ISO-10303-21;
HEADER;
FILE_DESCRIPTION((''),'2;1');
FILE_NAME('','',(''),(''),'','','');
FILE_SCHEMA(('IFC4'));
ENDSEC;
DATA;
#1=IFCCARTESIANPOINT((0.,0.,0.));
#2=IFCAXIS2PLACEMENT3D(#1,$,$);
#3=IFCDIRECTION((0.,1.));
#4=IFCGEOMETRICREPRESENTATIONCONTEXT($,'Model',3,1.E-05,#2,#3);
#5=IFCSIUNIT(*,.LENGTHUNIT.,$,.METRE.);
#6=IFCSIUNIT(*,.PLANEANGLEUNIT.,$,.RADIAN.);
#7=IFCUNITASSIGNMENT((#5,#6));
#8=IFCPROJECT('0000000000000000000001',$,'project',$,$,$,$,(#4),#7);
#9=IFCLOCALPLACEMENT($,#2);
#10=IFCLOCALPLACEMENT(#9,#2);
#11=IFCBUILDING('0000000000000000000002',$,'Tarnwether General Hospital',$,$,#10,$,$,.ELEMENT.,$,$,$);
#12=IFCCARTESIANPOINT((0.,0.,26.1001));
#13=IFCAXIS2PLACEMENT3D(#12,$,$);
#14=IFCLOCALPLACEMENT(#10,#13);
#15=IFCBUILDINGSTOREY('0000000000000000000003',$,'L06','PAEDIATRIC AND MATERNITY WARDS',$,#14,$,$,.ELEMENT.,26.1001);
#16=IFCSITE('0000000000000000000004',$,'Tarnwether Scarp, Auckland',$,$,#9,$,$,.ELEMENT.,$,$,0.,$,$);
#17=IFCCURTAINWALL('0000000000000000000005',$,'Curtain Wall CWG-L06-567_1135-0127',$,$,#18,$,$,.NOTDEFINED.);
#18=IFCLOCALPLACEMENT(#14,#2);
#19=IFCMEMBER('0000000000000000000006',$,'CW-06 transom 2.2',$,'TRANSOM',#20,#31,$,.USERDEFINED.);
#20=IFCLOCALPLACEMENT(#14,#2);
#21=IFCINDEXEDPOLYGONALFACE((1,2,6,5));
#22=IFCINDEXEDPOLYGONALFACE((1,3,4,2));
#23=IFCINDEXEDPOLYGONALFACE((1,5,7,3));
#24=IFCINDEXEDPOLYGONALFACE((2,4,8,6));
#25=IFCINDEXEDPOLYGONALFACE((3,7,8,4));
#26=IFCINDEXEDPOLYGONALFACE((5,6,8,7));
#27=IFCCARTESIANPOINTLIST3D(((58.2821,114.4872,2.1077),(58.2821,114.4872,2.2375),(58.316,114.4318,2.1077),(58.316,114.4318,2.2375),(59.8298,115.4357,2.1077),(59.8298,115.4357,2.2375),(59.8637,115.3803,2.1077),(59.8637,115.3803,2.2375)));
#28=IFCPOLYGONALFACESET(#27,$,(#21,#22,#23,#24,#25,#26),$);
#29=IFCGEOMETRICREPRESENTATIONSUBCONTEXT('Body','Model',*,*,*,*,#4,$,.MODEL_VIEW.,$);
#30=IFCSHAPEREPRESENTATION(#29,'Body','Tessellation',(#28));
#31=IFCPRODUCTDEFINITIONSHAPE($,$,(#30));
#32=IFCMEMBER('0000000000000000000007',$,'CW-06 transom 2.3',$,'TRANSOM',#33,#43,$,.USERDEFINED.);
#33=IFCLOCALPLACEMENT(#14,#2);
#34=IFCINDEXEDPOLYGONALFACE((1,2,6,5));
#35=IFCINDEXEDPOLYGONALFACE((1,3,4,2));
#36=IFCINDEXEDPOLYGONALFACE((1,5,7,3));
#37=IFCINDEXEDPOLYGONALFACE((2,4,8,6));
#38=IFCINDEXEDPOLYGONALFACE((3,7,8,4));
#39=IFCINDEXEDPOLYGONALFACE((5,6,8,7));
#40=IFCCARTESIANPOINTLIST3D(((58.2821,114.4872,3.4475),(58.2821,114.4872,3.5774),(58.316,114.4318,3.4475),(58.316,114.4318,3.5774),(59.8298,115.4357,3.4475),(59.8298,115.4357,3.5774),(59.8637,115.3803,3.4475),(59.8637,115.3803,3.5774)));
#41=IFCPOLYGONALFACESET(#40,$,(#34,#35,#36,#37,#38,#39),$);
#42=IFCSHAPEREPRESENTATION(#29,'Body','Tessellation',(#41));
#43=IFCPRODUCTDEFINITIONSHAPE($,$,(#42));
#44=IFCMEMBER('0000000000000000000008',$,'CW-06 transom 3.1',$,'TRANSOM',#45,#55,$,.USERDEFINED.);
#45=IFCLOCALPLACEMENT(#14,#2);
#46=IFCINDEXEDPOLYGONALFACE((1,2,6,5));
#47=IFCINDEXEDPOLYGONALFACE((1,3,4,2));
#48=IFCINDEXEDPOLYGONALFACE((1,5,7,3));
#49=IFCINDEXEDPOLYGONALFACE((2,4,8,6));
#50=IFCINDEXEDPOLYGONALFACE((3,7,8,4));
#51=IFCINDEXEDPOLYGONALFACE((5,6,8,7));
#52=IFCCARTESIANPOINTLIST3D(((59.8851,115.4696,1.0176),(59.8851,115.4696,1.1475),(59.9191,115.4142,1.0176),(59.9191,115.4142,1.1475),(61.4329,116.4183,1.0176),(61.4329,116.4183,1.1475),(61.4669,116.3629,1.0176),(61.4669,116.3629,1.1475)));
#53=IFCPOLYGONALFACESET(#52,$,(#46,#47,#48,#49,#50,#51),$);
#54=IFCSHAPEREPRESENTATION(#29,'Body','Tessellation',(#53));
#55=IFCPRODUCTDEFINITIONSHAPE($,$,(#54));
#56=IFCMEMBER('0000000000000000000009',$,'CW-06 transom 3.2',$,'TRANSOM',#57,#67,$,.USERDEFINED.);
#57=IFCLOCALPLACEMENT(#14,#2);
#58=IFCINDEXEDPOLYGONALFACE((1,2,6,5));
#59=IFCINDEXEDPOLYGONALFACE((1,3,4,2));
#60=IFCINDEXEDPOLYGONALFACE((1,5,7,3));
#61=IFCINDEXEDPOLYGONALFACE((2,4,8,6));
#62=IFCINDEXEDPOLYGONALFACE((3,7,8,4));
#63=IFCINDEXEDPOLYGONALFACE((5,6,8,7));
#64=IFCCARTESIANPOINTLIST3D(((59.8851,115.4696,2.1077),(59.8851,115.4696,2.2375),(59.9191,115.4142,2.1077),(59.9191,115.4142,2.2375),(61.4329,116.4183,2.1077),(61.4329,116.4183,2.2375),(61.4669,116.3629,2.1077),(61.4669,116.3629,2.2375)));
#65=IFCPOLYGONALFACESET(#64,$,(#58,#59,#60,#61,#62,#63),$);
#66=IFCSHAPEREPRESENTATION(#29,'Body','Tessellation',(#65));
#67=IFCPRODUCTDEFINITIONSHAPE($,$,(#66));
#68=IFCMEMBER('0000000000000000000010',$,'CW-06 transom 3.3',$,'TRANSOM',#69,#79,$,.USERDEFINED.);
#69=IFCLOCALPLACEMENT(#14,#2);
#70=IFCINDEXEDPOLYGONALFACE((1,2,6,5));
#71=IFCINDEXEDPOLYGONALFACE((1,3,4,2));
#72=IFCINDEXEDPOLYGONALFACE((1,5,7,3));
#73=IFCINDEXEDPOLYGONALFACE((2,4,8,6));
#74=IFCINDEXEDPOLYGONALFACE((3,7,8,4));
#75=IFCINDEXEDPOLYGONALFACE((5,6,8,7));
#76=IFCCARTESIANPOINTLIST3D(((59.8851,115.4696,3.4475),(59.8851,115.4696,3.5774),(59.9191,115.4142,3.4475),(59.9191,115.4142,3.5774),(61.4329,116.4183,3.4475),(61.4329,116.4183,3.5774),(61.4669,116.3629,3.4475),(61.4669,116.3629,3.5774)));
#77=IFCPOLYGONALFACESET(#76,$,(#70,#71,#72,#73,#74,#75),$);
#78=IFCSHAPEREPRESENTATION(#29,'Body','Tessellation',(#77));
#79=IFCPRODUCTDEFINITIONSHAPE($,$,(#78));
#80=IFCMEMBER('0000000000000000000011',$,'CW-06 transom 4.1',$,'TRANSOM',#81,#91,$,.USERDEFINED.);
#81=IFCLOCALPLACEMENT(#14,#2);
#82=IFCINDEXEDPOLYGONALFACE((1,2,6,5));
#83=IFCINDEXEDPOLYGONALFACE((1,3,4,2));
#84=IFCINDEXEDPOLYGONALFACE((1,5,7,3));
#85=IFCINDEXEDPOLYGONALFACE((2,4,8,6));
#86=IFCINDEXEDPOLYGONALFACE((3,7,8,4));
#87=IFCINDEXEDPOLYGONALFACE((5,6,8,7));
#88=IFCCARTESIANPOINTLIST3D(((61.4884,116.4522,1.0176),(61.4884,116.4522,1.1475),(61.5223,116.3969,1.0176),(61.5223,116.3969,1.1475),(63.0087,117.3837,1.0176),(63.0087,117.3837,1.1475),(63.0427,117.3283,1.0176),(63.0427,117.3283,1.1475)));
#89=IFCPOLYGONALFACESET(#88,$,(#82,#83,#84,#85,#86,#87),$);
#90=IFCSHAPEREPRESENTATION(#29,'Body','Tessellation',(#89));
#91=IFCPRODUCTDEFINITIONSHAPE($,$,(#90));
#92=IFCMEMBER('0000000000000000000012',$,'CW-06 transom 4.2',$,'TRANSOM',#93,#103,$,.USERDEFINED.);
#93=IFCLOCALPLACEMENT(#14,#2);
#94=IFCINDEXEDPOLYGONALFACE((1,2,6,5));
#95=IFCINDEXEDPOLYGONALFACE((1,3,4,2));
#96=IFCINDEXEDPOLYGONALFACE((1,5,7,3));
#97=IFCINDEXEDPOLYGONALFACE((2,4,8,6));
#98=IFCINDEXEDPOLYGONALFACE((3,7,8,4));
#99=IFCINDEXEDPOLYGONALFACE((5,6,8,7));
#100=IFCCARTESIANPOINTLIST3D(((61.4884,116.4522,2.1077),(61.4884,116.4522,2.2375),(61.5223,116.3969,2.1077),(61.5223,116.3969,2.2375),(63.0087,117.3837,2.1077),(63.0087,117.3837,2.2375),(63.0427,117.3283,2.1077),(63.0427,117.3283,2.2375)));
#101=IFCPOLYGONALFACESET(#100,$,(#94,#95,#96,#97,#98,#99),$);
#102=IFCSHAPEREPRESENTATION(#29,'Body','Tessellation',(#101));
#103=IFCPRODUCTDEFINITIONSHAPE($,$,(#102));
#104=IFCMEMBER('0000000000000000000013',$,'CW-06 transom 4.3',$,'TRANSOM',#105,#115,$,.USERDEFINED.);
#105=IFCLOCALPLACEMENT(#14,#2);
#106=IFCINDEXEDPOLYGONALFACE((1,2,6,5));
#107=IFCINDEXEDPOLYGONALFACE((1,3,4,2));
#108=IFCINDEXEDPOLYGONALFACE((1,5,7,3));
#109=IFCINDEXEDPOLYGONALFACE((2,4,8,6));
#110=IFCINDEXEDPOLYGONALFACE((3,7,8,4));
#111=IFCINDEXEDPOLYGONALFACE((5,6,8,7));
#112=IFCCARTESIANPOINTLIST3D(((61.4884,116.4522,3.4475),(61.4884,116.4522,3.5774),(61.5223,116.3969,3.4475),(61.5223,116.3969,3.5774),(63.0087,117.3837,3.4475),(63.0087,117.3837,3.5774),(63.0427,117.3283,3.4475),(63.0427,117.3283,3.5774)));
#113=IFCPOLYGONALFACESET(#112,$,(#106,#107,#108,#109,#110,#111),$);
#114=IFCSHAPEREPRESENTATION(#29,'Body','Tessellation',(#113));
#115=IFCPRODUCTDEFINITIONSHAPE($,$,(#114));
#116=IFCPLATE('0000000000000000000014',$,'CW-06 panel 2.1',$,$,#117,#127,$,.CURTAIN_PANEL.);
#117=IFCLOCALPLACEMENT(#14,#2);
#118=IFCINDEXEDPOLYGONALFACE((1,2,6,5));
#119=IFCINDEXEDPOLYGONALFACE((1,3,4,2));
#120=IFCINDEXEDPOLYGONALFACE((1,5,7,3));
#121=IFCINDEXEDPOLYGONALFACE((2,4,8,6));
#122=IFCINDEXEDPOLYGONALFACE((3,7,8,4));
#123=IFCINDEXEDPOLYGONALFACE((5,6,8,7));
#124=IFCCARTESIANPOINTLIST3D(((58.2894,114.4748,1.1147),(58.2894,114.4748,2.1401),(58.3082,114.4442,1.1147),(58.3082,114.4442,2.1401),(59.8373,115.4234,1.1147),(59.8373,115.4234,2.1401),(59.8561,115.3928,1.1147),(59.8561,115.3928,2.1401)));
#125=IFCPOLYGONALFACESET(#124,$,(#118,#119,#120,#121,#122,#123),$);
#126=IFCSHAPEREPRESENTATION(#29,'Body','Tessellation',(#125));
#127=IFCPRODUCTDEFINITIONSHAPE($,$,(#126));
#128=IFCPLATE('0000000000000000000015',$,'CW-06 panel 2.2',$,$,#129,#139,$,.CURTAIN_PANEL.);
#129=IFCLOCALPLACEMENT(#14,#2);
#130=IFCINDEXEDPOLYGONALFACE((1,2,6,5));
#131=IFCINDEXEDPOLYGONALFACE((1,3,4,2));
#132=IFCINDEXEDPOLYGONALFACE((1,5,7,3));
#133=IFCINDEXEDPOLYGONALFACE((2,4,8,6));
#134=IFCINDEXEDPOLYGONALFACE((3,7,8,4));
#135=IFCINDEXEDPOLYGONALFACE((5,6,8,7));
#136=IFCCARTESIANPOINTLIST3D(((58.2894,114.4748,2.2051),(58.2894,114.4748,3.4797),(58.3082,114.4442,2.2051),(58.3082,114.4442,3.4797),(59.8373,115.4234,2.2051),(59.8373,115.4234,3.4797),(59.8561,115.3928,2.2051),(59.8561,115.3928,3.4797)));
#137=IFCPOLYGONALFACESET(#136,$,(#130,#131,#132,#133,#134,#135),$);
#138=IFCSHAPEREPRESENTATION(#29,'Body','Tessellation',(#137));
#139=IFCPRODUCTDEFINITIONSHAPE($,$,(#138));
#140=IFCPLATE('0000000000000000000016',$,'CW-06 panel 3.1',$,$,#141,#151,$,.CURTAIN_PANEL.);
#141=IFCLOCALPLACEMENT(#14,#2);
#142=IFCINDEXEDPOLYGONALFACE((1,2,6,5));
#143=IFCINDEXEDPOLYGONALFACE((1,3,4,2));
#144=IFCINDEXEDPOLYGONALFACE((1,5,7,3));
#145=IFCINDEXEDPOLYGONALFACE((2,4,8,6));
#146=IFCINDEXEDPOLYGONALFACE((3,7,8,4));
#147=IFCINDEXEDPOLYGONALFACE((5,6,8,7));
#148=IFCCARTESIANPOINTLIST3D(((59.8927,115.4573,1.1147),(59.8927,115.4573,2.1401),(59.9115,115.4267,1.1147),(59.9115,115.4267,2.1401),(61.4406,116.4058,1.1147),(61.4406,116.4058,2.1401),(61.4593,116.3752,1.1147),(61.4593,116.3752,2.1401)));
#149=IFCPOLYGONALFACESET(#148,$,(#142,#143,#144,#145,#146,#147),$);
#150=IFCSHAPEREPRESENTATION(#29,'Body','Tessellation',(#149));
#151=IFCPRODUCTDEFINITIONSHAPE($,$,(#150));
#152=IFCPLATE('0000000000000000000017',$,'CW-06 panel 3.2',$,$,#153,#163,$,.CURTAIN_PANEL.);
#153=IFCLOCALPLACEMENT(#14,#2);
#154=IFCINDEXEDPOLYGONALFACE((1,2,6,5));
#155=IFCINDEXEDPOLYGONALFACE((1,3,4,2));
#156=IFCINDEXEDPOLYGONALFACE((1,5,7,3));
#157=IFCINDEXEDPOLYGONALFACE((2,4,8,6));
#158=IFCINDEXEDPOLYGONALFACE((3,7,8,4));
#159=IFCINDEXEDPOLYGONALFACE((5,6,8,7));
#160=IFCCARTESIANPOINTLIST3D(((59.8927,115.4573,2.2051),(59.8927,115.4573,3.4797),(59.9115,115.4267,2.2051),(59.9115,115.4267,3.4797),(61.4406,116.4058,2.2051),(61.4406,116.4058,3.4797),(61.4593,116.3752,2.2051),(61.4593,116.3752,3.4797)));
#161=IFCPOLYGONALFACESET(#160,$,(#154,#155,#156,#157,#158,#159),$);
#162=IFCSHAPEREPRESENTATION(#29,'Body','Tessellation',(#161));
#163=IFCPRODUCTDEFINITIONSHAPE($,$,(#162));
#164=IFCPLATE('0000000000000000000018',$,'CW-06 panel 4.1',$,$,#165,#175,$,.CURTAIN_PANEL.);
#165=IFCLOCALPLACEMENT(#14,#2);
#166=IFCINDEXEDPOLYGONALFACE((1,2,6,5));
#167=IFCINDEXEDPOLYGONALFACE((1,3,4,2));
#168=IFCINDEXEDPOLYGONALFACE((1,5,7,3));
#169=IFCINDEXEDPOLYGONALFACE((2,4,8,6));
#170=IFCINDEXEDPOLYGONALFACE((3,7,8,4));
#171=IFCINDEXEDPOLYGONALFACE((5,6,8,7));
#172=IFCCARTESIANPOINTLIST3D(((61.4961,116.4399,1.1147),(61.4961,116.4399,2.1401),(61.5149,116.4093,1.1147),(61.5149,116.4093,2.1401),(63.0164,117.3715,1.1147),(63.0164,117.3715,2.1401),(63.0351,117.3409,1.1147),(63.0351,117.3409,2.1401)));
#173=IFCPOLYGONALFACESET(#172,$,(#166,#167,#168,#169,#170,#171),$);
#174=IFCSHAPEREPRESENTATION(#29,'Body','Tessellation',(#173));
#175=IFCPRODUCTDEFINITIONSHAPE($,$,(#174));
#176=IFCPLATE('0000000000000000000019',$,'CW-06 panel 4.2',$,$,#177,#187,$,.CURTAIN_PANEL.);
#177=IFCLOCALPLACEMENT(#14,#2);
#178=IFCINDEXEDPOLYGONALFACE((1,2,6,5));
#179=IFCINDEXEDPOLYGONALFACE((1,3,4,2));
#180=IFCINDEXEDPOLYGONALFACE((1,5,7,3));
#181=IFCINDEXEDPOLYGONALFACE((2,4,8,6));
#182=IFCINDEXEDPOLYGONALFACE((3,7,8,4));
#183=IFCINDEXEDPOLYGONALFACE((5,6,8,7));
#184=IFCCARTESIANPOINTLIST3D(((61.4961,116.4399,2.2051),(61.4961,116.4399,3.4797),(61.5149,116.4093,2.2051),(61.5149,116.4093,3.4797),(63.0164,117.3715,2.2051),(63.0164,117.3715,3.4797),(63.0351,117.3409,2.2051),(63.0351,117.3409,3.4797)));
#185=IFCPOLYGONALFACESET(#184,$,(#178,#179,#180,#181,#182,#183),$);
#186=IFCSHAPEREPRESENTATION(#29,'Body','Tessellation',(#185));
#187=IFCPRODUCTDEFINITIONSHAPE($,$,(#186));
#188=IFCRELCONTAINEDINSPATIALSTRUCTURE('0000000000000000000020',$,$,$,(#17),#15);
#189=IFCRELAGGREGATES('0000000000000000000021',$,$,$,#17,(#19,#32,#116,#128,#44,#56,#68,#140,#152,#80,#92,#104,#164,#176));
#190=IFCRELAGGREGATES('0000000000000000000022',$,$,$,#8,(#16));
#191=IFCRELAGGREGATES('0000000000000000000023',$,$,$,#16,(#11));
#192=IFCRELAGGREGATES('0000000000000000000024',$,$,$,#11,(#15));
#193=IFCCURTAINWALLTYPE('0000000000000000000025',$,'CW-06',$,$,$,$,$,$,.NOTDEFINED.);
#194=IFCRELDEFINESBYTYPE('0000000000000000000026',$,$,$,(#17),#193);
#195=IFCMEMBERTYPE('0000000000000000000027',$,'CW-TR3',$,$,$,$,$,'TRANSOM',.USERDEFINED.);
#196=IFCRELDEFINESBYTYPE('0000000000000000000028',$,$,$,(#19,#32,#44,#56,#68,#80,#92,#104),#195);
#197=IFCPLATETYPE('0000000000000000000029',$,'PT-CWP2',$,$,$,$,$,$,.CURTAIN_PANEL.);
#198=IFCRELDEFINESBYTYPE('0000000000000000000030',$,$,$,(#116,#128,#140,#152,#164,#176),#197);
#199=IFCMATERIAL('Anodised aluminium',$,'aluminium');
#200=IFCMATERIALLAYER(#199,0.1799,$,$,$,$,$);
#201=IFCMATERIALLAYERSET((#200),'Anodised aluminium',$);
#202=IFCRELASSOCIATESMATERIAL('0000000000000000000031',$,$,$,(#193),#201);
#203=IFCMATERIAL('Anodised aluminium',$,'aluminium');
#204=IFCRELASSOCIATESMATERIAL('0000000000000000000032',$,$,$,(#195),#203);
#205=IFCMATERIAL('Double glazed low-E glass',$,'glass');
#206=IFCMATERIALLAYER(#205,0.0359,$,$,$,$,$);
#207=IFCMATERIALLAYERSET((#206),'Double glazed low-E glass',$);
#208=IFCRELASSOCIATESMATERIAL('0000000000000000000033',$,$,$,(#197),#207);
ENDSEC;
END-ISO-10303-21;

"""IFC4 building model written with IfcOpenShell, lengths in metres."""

from ifc_helpers import new_model, si_unit, direction, frame, origin, origin_2d, place, context, subcontext, project, spatial, rectangle, extrude, material, layer, layer_set, material_profile, profile_set, type_object, element, aggregate, save


model = new_model("IFC4")

# Units and contexts
model_context = context("Model", 3, precision=1e-05, world=origin(), true_north=direction((0.0, 1.0)))
body_context = subcontext(model_context, "Body", "Model", "MODEL_VIEW")
ifc_project = project(units=[si_unit("LENGTHUNIT", "METRE"), si_unit("PLANEANGLEUNIT", "RADIAN")], contexts=[model_context])

# Site, building, storey
site_placement = place(None, origin())
site = spatial("IfcSite", under=ifc_project, at=site_placement, Name="Tarnwether Scarp, Auckland", CompositionType="ELEMENT", RefElevation=0.0)
building_placement = place(site_placement, origin())
building = spatial("IfcBuilding", under=site, at=building_placement, Name="Tarnwether General Hospital", CompositionType="ELEMENT")
storey_placement = place(building_placement, frame((0.0, 0.0, 26.1001)))
storey = spatial("IfcBuildingStorey", under=building, at=storey_placement, Name="L06", Description="PAEDIATRIC AND MATERNITY WARDS", CompositionType="ELEMENT", Elevation=26.1001)

# Shared definitions
ifc_material_1 = material(Name="Anodised aluminium", Category="aluminium")
ifc_layer_1 = layer(ifc_material_1, 0.1799)
ifc_layer_set_1 = layer_set([ifc_layer_1], Name="Anodised aluminium")
curtain_wall_type = type_object("IfcCurtainWallType", Name="CW-06", PredefinedType="NOTDEFINED", material=ifc_layer_set_1)

# Curtain wall
curtain_wall_1_placement = place(storey_placement, origin())
curtain_wall_1 = element("IfcCurtainWall", 1, at=curtain_wall_1_placement, inside=storey, type_object=curtain_wall_type, Name="Curtain Wall CWG-L06-567_1135-0127", PredefinedType="NOTDEFINED")

# Members
ifc_material_2 = material(Name="Anodised aluminium", Category="aluminium")
ifc_material_profile_1 = material_profile(ifc_material_2, rectangle(XDim=0.0649, YDim=0.1299, at=origin_2d()), Name="ALU-TRN-65x130")
ifc_profile_set_1 = profile_set([ifc_material_profile_1], Name="Anodised aluminium")
member_type_1 = type_object("IfcMemberType", Name="CW-TR3", ElementType="TRANSOM", PredefinedType="USERDEFINED", material=ifc_profile_set_1)
member_1_placement = place(storey_placement, frame((58.2991, 114.4595, 2.1726), z_axis=(0.852613, 0.522543, 0.0), x_axis=(-0.522543, 0.852613, 0.0)))
member_1 = element("IfcMember", 2, at=member_1_placement, type_object=member_type_1, Name="CW-06 transom 2.2", ObjectType="TRANSOM", PredefinedType="USERDEFINED", context=body_context, shape_type="SweptSolid", body=[
    extrude(rectangle(XDim=0.0649, YDim=0.1299, at=origin_2d()), origin(), (0.0, 0.0, 1.0), 1.8152),
])
member_2_placement = place(storey_placement, frame((58.2991, 114.4595, 3.5125), z_axis=(0.852613, 0.522543, 0.0), x_axis=(-0.522543, 0.852613, 0.0)))
member_2 = element("IfcMember", 3, at=member_2_placement, type_object=member_type_1, Name="CW-06 transom 2.3", ObjectType="TRANSOM", PredefinedType="USERDEFINED", context=body_context, shape_type="SweptSolid", body=[
    extrude(rectangle(XDim=0.0649, YDim=0.1299, at=origin_2d()), origin(), (0.0, 0.0, 1.0), 1.8152),
])
member_3_placement = place(storey_placement, frame((59.9021, 115.4419, 1.0825), z_axis=(0.85259, 0.522581, 0.0), x_axis=(-0.522581, 0.85259, 0.0)))
member_3 = element("IfcMember", 4, at=member_3_placement, type_object=member_type_1, Name="CW-06 transom 3.1", ObjectType="TRANSOM", PredefinedType="USERDEFINED", context=body_context, shape_type="SweptSolid", body=[
    extrude(rectangle(XDim=0.0649, YDim=0.1299, at=origin_2d()), origin(), (0.0, 0.0, 1.0), 1.8154),
])
member_4_placement = place(storey_placement, frame((59.9021, 115.4419, 2.1726), z_axis=(0.85259, 0.522581, 0.0), x_axis=(-0.522581, 0.85259, 0.0)))
member_4 = element("IfcMember", 5, at=member_4_placement, type_object=member_type_1, Name="CW-06 transom 3.2", ObjectType="TRANSOM", PredefinedType="USERDEFINED", context=body_context, shape_type="SweptSolid", body=[
    extrude(rectangle(XDim=0.0649, YDim=0.1299, at=origin_2d()), origin(), (0.0, 0.0, 1.0), 1.8154),
])
member_5_placement = place(storey_placement, frame((59.9021, 115.4419, 3.5125), z_axis=(0.85259, 0.522581, 0.0), x_axis=(-0.522581, 0.85259, 0.0)))
member_5 = element("IfcMember", 6, at=member_5_placement, type_object=member_type_1, Name="CW-06 transom 3.3", ObjectType="TRANSOM", PredefinedType="USERDEFINED", context=body_context, shape_type="SweptSolid", body=[
    extrude(rectangle(XDim=0.0649, YDim=0.1299, at=origin_2d()), origin(), (0.0, 0.0, 1.0), 1.8154),
])
member_6_placement = place(storey_placement, frame((61.5054, 116.4246, 1.0825), z_axis=(0.852696, 0.522408, 0.0), x_axis=(-0.522408, 0.852696, 0.0)))
member_6 = element("IfcMember", 7, at=member_6_placement, type_object=member_type_1, Name="CW-06 transom 4.1", ObjectType="TRANSOM", PredefinedType="USERDEFINED", context=body_context, shape_type="SweptSolid", body=[
    extrude(rectangle(XDim=0.0649, YDim=0.1299, at=origin_2d()), origin(), (0.0, 0.0, 1.0), 1.783),
])
member_7_placement = place(storey_placement, frame((61.5054, 116.4246, 2.1726), z_axis=(0.852696, 0.522408, 0.0), x_axis=(-0.522408, 0.852696, 0.0)))
member_7 = element("IfcMember", 8, at=member_7_placement, type_object=member_type_1, Name="CW-06 transom 4.2", ObjectType="TRANSOM", PredefinedType="USERDEFINED", context=body_context, shape_type="SweptSolid", body=[
    extrude(rectangle(XDim=0.0649, YDim=0.1299, at=origin_2d()), origin(), (0.0, 0.0, 1.0), 1.783),
])
member_8_placement = place(storey_placement, frame((61.5054, 116.4246, 3.5125), z_axis=(0.852696, 0.522408, 0.0), x_axis=(-0.522408, 0.852696, 0.0)))
member_8 = element("IfcMember", 9, at=member_8_placement, type_object=member_type_1, Name="CW-06 transom 4.3", ObjectType="TRANSOM", PredefinedType="USERDEFINED", context=body_context, shape_type="SweptSolid", body=[
    extrude(rectangle(XDim=0.0649, YDim=0.1299, at=origin_2d()), origin(), (0.0, 0.0, 1.0), 1.783),
])

# Plates
ifc_material_3 = material(Name="Double glazed low-E glass", Category="glass")
ifc_layer_2 = layer(ifc_material_3, 0.0359)
ifc_layer_set_2 = layer_set([ifc_layer_2], Name="Double glazed low-E glass")
plate_type_1 = type_object("IfcPlateType", Name="PT-CWP2", PredefinedType="CURTAIN_PANEL", material=ifc_layer_set_2)
plate_1_placement = place(storey_placement, frame((59.0728, 114.9338, 1.1147), z_axis=(0.0, 0.0, 1.0), x_axis=(0.852634, 0.522509, 0.0)))
plate_1 = element("IfcPlate", 10, at=plate_1_placement, type_object=plate_type_1, Name="CW-06 panel 2.1", PredefinedType="CURTAIN_PANEL", context=body_context, shape_type="SweptSolid", body=[
    extrude(rectangle(XDim=1.8154, YDim=0.0359, at=origin_2d()), origin(), (0.0, 0.0, 1.0), 1.0254),
])
plate_2_placement = place(storey_placement, frame((59.0728, 114.9338, 2.2051), z_axis=(0.0, 0.0, 1.0), x_axis=(0.852634, 0.522509, 0.0)))
plate_2 = element("IfcPlate", 11, at=plate_2_placement, type_object=plate_type_1, Name="CW-06 panel 2.2", PredefinedType="CURTAIN_PANEL", context=body_context, shape_type="SweptSolid", body=[
    extrude(rectangle(XDim=1.8154, YDim=0.0359, at=origin_2d()), origin(), (0.0, 0.0, 1.0), 1.2747),
])
plate_3_placement = place(storey_placement, frame((60.676, 115.9163, 1.1147), z_axis=(0.0, 0.0, 1.0), x_axis=(0.852634, 0.522509, 0.0)))
plate_3 = element("IfcPlate", 12, at=plate_3_placement, type_object=plate_type_1, Name="CW-06 panel 3.1", PredefinedType="CURTAIN_PANEL", context=body_context, shape_type="SweptSolid", body=[
    extrude(rectangle(XDim=1.8154, YDim=0.0359, at=origin_2d()), origin(), (0.0, 0.0, 1.0), 1.0254),
])
plate_4_placement = place(storey_placement, frame((60.676, 115.9163, 2.2051), z_axis=(0.0, 0.0, 1.0), x_axis=(0.852634, 0.522509, 0.0)))
plate_4 = element("IfcPlate", 13, at=plate_4_placement, type_object=plate_type_1, Name="CW-06 panel 3.2", PredefinedType="CURTAIN_PANEL", context=body_context, shape_type="SweptSolid", body=[
    extrude(rectangle(XDim=1.8154, YDim=0.0359, at=origin_2d()), origin(), (0.0, 0.0, 1.0), 1.2747),
])
plate_5_placement = place(storey_placement, frame((62.2656, 116.8904, 1.1147), z_axis=(0.0, 0.0, 1.0), x_axis=(0.852634, 0.522509, 0.0)))
plate_5 = element("IfcPlate", 14, at=plate_5_placement, type_object=plate_type_1, Name="CW-06 panel 4.1", PredefinedType="CURTAIN_PANEL", context=body_context, shape_type="SweptSolid", body=[
    extrude(rectangle(XDim=1.783, YDim=0.0359, at=origin_2d()), origin(), (0.0, 0.0, 1.0), 1.0254),
])
plate_6_placement = place(storey_placement, frame((62.2656, 116.8904, 2.2051), z_axis=(0.0, 0.0, 1.0), x_axis=(0.852634, 0.522509, 0.0)))
plate_6 = element("IfcPlate", 15, at=plate_6_placement, type_object=plate_type_1, Name="CW-06 panel 4.2", PredefinedType="CURTAIN_PANEL", context=body_context, shape_type="SweptSolid", body=[
    extrude(rectangle(XDim=1.783, YDim=0.0359, at=origin_2d()), origin(), (0.0, 0.0, 1.0), 1.2747),
])
aggregate(curtain_wall_1, [member_1, member_2, plate_1, plate_2, member_3, member_4, member_5, plate_3, plate_4, member_6, member_7, member_8, plate_5, plate_6])

save(model, "model.ifc")
